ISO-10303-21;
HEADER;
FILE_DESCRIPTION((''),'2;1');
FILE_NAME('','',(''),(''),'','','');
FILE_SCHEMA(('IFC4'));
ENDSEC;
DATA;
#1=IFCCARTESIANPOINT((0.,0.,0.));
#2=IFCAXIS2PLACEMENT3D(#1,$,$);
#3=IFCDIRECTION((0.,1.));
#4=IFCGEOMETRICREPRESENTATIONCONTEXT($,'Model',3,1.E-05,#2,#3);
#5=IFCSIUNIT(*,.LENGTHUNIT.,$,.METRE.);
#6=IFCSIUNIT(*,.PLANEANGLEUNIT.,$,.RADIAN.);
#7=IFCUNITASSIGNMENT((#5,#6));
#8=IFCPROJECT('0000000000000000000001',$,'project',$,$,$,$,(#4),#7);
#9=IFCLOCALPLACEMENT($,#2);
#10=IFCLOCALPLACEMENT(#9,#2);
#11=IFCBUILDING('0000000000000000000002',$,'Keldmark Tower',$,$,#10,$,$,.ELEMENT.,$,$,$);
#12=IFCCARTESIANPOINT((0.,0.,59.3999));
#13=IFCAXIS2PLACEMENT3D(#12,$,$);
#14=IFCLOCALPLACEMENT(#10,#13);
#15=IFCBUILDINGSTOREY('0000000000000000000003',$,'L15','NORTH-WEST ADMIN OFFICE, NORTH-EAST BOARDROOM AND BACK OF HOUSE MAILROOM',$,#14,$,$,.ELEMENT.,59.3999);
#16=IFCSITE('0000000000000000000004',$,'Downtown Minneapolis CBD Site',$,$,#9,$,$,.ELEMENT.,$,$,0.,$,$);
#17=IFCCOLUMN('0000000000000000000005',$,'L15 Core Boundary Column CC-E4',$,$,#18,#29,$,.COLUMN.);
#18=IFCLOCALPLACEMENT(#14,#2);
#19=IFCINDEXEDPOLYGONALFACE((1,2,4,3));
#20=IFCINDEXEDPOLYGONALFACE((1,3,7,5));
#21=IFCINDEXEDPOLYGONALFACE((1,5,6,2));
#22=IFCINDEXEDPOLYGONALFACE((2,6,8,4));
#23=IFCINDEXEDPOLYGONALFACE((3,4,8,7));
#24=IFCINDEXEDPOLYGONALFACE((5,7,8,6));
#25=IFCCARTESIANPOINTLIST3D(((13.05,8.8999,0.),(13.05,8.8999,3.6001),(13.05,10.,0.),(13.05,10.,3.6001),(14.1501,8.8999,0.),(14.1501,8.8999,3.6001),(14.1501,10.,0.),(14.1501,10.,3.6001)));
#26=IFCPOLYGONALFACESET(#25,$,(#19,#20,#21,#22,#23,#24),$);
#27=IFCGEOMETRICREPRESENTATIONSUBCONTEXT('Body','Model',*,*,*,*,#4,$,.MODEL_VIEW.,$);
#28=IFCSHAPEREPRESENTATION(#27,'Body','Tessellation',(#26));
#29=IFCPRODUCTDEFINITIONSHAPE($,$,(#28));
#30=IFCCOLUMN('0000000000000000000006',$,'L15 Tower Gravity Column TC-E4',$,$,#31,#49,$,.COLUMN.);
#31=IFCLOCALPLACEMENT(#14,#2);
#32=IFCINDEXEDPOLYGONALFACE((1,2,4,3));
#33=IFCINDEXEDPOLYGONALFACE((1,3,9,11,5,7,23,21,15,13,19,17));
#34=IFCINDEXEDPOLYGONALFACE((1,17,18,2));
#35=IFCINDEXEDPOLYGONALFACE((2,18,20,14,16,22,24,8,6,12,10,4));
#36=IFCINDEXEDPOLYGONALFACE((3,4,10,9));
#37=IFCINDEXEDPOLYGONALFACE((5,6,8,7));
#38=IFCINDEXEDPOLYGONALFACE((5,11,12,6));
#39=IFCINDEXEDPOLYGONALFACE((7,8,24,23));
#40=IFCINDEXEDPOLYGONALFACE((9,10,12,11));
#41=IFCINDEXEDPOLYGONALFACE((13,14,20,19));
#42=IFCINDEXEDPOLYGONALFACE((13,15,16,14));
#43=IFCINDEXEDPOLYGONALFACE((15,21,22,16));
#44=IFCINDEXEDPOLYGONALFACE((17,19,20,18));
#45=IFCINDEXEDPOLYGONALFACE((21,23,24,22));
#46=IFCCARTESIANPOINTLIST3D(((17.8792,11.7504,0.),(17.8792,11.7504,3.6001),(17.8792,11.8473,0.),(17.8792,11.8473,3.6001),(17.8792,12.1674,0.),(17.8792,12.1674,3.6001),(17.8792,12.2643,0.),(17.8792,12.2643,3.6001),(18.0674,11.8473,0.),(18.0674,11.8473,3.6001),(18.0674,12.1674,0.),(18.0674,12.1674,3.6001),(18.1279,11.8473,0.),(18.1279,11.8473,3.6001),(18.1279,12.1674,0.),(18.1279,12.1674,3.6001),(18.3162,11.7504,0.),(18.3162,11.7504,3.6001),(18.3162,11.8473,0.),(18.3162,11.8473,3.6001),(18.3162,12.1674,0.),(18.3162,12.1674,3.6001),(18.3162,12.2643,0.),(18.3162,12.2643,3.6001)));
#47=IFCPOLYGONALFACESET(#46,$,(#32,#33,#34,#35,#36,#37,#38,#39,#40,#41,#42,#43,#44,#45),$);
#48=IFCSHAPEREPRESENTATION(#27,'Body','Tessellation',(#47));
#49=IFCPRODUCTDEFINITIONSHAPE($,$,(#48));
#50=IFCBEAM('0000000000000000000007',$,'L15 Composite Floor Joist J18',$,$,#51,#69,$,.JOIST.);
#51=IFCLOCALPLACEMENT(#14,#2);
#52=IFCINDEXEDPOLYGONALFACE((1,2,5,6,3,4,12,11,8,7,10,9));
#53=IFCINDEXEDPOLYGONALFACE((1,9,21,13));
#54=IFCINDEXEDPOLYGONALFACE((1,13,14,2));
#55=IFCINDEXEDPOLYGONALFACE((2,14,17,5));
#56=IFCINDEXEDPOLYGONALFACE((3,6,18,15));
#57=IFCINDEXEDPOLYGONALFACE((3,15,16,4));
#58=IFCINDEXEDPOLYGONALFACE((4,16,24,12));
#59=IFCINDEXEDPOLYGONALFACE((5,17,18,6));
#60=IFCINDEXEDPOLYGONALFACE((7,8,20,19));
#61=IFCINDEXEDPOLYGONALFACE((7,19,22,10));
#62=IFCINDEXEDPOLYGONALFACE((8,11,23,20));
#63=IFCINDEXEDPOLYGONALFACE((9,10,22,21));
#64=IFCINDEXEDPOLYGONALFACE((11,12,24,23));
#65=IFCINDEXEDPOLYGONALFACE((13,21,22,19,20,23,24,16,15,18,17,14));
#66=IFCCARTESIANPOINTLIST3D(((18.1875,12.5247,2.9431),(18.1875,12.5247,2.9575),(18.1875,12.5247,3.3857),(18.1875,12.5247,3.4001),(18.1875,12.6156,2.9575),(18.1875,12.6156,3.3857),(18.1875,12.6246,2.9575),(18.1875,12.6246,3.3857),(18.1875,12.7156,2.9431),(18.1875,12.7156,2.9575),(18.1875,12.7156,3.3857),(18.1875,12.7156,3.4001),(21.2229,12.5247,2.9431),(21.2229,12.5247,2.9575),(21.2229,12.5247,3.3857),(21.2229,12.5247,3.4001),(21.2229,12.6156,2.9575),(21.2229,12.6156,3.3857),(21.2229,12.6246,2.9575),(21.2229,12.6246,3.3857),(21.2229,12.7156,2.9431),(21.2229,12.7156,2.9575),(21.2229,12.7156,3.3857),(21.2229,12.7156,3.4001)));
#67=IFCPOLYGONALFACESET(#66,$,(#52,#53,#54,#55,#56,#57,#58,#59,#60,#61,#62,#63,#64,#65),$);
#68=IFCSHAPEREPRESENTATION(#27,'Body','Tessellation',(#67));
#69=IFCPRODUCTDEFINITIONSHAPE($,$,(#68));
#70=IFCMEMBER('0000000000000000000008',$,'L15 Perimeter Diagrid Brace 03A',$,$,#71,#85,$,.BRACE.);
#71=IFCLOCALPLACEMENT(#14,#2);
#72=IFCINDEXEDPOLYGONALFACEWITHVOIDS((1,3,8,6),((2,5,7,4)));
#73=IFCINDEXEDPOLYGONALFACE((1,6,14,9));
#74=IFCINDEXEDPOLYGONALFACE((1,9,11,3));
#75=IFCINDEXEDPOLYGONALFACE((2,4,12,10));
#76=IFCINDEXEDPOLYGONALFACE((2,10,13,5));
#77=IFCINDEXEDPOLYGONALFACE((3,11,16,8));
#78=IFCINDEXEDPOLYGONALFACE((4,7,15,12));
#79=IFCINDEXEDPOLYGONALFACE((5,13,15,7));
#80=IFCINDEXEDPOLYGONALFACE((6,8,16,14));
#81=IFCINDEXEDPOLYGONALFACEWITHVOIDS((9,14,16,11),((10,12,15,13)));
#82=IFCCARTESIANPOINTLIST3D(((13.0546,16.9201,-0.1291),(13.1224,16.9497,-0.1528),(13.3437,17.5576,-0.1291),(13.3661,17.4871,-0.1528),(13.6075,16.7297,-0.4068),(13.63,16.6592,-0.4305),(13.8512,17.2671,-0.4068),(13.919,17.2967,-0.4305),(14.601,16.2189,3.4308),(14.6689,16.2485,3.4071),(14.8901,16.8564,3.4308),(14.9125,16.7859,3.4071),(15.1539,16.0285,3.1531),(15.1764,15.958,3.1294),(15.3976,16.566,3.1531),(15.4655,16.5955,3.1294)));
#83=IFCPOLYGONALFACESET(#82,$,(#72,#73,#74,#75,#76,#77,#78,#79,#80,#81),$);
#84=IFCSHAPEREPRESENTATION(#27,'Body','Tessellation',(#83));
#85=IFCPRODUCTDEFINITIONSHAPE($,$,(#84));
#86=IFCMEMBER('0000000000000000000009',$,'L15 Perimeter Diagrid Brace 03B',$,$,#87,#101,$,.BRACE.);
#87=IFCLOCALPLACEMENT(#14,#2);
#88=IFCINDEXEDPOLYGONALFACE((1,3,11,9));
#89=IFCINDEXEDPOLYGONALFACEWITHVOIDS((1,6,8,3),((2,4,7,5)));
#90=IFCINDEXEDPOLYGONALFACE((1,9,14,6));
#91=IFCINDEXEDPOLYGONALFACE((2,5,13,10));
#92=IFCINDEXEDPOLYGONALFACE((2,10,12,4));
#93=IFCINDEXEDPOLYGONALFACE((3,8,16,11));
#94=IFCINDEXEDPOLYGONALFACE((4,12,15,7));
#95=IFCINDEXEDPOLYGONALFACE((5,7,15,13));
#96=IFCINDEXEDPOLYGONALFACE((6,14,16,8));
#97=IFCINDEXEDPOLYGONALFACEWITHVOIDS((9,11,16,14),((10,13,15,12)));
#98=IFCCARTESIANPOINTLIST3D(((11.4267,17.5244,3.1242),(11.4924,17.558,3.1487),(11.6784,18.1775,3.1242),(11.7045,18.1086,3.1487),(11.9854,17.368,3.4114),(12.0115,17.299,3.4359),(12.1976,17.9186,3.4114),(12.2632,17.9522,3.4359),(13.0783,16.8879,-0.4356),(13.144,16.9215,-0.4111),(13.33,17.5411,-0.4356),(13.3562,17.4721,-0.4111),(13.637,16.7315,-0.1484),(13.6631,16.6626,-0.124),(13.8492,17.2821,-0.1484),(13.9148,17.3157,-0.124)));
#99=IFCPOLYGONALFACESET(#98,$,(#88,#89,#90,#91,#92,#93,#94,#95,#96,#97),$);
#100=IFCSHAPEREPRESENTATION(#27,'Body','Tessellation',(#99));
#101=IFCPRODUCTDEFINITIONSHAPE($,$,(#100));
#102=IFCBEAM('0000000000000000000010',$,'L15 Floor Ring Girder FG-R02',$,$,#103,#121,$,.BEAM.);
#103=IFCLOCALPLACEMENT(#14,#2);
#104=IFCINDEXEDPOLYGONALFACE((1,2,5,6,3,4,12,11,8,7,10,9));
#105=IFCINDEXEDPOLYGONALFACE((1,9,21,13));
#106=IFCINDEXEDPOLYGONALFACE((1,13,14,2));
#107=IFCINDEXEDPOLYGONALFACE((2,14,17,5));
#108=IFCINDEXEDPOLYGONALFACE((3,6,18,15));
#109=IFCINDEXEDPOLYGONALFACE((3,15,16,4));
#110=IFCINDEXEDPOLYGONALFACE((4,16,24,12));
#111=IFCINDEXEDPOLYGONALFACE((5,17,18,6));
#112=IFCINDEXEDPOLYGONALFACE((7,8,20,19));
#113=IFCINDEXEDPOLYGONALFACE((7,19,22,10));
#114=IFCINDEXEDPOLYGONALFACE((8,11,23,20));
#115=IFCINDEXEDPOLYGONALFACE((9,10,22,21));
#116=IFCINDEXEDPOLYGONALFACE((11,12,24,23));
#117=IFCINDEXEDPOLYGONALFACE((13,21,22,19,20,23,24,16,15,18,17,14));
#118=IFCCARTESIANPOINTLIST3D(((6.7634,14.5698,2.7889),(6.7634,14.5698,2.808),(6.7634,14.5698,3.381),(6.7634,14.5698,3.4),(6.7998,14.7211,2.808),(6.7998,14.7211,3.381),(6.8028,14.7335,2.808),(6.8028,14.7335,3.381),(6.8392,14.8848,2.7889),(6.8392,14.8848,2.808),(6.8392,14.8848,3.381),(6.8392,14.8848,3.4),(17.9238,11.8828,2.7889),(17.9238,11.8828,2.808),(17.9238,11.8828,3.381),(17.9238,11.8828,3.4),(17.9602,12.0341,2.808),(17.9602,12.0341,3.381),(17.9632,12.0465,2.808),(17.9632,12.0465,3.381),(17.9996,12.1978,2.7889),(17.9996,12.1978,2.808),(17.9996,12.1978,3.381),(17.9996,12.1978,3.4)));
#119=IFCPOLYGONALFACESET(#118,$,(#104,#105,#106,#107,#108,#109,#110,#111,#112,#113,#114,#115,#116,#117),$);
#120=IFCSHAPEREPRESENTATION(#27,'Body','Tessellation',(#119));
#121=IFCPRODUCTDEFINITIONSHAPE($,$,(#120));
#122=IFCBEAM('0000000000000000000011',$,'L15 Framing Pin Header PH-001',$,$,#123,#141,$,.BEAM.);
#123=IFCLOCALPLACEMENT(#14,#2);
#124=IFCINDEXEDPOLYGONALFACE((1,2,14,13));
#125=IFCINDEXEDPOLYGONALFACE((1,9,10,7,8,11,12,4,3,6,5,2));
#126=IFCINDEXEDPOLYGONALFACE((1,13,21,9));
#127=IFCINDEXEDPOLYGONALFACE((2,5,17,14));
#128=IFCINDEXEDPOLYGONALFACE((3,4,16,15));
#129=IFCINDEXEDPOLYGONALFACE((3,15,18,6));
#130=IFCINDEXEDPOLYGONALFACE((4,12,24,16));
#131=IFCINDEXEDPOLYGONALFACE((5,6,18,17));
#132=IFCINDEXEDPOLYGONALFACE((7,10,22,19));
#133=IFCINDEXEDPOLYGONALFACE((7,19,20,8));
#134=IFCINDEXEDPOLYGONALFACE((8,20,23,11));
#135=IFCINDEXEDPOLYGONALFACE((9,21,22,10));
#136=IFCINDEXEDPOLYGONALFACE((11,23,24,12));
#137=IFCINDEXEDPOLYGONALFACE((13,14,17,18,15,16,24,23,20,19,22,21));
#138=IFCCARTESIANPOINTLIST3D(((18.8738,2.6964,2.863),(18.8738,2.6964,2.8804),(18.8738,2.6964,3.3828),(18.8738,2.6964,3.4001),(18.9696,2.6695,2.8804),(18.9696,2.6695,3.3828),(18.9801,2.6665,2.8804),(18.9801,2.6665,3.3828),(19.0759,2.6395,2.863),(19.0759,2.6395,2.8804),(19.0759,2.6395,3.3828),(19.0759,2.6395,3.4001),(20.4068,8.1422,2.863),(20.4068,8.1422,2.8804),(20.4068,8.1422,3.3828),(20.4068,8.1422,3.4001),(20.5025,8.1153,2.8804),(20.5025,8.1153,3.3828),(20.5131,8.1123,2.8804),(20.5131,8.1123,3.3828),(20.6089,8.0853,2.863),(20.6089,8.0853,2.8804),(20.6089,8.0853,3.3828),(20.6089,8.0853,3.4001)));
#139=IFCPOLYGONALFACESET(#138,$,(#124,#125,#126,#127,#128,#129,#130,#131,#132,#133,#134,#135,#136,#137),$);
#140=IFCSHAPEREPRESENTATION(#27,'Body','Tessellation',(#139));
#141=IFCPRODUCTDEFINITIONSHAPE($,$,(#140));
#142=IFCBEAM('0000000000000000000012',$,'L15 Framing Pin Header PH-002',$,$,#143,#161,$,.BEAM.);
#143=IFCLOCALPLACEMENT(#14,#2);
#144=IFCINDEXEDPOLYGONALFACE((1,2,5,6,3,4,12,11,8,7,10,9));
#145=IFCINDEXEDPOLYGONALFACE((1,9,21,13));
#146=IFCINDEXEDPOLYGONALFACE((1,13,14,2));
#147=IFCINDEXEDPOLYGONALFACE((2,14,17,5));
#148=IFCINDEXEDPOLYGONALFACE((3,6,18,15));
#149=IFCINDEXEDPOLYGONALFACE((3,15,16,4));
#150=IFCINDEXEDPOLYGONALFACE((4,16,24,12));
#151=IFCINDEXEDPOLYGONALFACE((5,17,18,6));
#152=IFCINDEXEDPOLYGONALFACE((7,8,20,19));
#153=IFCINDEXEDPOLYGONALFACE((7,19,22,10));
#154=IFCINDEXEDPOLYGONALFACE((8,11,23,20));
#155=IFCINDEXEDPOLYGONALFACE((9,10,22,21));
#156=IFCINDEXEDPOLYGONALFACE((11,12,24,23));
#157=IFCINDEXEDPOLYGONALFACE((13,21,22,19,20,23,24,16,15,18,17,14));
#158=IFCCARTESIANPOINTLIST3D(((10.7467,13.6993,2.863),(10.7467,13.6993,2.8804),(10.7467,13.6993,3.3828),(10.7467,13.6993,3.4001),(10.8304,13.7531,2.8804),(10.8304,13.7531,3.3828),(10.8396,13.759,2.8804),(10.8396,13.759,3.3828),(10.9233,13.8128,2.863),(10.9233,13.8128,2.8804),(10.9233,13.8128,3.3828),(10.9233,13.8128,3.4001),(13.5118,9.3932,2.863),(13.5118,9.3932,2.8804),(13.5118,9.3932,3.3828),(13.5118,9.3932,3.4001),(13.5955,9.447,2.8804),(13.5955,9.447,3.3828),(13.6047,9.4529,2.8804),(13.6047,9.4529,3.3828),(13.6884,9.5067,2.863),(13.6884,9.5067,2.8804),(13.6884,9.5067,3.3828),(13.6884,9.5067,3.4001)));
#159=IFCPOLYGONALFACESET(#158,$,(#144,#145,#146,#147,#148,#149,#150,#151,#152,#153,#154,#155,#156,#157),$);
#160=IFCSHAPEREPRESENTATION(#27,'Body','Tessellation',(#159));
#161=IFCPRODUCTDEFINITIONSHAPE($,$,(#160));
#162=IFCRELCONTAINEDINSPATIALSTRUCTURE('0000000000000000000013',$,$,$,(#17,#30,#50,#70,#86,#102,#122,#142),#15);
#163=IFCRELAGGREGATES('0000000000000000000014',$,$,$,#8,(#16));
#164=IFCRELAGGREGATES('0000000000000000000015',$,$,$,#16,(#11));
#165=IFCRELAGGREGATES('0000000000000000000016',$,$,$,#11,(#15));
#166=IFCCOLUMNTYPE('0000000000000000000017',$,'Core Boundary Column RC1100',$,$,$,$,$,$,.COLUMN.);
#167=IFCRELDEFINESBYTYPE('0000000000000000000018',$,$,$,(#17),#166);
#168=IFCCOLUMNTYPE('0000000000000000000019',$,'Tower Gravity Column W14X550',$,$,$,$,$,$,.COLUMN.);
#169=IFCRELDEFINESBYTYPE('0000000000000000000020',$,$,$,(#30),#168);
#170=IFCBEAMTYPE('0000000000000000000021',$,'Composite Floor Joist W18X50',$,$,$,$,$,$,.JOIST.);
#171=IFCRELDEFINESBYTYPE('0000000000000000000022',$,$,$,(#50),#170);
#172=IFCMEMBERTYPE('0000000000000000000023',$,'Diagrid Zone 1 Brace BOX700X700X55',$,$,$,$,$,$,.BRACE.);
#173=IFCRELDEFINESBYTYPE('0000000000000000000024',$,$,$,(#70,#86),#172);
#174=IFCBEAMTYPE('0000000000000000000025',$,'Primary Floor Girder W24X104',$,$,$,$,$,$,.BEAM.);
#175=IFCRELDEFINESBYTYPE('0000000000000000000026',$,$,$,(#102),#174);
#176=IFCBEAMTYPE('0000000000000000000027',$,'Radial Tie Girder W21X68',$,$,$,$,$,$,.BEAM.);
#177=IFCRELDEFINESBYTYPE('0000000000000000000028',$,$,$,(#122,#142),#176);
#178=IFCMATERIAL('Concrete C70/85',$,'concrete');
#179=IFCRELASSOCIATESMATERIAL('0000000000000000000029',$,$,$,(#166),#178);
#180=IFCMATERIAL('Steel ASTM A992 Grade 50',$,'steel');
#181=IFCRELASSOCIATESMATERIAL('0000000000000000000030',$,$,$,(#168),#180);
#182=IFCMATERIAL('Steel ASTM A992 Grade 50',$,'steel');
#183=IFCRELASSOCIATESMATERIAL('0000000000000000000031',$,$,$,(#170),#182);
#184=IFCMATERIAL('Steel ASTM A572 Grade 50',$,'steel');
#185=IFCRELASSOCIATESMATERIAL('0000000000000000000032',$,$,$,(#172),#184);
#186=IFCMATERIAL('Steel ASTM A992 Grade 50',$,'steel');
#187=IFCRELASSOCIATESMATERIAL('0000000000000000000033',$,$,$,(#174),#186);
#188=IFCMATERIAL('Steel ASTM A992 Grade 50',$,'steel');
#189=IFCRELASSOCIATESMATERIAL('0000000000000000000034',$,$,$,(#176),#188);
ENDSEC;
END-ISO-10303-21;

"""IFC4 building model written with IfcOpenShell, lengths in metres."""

from ifc_helpers import new_model, si_unit, direction, frame, origin, origin_2d, place, context, subcontext, project, spatial, rectangle, hollow_rectangle, i_section, extrude, material, material_profile, profile_set, type_object, element, save


model = new_model("IFC4")

# Units and contexts
model_context = context("Model", 3, precision=1e-05, world=origin(), true_north=direction((0.0, 1.0)))
body_context = subcontext(model_context, "Body", "Model", "MODEL_VIEW")
ifc_project = project(units=[si_unit("LENGTHUNIT", "METRE"), si_unit("PLANEANGLEUNIT", "RADIAN")], contexts=[model_context])

# Site, building, storey
site_placement = place(None, origin())
site = spatial("IfcSite", under=ifc_project, at=site_placement, Name="Downtown Minneapolis CBD Site", CompositionType="ELEMENT", RefElevation=0.0)
building_placement = place(site_placement, origin())
building = spatial("IfcBuilding", under=site, at=building_placement, Name="Keldmark Tower", CompositionType="ELEMENT")
storey_placement = place(building_placement, frame((0.0, 0.0, 59.3999)))
storey = spatial("IfcBuildingStorey", under=building, at=storey_placement, Name="L15", Description="NORTH-WEST ADMIN OFFICE, NORTH-EAST BOARDROOM AND BACK OF HOUSE MAILROOM", CompositionType="ELEMENT", Elevation=59.3999)

# Columns
ifc_material_1 = material(Name="Concrete C70/85", Category="concrete")
ifc_material_profile_1 = material_profile(ifc_material_1, rectangle(XDim=1.1001, YDim=1.1001, at=origin_2d()), Name="RC1100X1100")
ifc_profile_set_1 = profile_set([ifc_material_profile_1], Name="Concrete C70/85")
column_type_1 = type_object("IfcColumnType", Name="Core Boundary Column RC1100", PredefinedType="COLUMN", material=ifc_profile_set_1)
column_1_placement = place(storey_placement, frame((13.6001, 9.45, 0.0), z_axis=(0.0, 0.0, 1.0), x_axis=(1.0, 0.0, 0.0)))
element("IfcColumn", 1, at=column_1_placement, inside=storey, type_object=column_type_1, Name="L15 Core Boundary Column CC-E4", PredefinedType="COLUMN", context=body_context, shape_type="SweptSolid", body=[
    extrude(rectangle(XDim=1.1001, YDim=1.1001, at=origin_2d()), origin(), (0.0, 0.0, 1.0), 3.6001),
])
ifc_material_2 = material(Name="Steel ASTM A992 Grade 50", Category="steel")
ifc_material_profile_2 = material_profile(ifc_material_2, i_section(OverallWidth=0.437, OverallDepth=0.5139, WebThickness=0.0605, FlangeThickness=0.0969, at=origin_2d()), Name="W14X550")
ifc_profile_set_2 = profile_set([ifc_material_profile_2], Name="Steel ASTM A992 Grade 50")
column_type_2 = type_object("IfcColumnType", Name="Tower Gravity Column W14X550", PredefinedType="COLUMN", material=ifc_profile_set_2)
column_2_placement = place(storey_placement, frame((18.0977, 12.0073, 0.0), z_axis=(0.0, 0.0, 1.0), x_axis=(1.0, 0.0, 0.0)))
element("IfcColumn", 2, at=column_2_placement, inside=storey, type_object=column_type_2, Name="L15 Tower Gravity Column TC-E4", PredefinedType="COLUMN", context=body_context, shape_type="SweptSolid", body=[
    extrude(i_section(OverallWidth=0.437, OverallDepth=0.5139, WebThickness=0.0605, FlangeThickness=0.0969, at=origin_2d()), origin(), (0.0, 0.0, 1.0), 3.6001),
])

# Beam
ifc_material_3 = material(Name="Steel ASTM A992 Grade 50", Category="steel")
ifc_material_profile_3 = material_profile(ifc_material_3, i_section(OverallWidth=0.1909, OverallDepth=0.457, WebThickness=0.009, FlangeThickness=0.0144, at=origin_2d()), Name="W18X50")
ifc_profile_set_3 = profile_set([ifc_material_profile_3], Name="Steel ASTM A992 Grade 50")
beam_type_1 = type_object("IfcBeamType", Name="Composite Floor Joist W18X50", PredefinedType="JOIST", material=ifc_profile_set_3)
beam_1_placement = place(storey_placement, frame((18.1875, 12.6201, 3.1716), z_axis=(1.0, 0.0, 0.0), x_axis=(0.0, 1.0, 0.0)))
element("IfcBeam", 3, at=beam_1_placement, inside=storey, type_object=beam_type_1, Name="L15 Composite Floor Joist J18", PredefinedType="JOIST", context=body_context, shape_type="SweptSolid", body=[
    extrude(i_section(OverallWidth=0.1909, OverallDepth=0.457, WebThickness=0.009, FlangeThickness=0.0144, at=origin_2d()), origin(), (0.0, 0.0, 1.0), 3.0354),
])

# Members
ifc_material_4 = material(Name="Steel ASTM A572 Grade 50", Category="steel")
ifc_material_profile_4 = material_profile(ifc_material_4, hollow_rectangle(XDim=0.7, YDim=0.7, WallThickness=0.0549, at=origin_2d()), Name="BOX700X700X55")
ifc_profile_set_4 = profile_set([ifc_material_profile_4], Name="Steel ASTM A572 Grade 50")
member_type = type_object("IfcMemberType", Name="Diagrid Zone 1 Brace BOX700X700X55", PredefinedType="BRACE", material=ifc_profile_set_4)
member_1_placement = place(storey_placement, frame((13.4868, 17.1084, -0.2798), z_axis=(0.392085, -0.177781, 0.902587), x_axis=(0.412958, 0.91075, 0.0)))
element("IfcMember", 4, at=member_1_placement, inside=storey, type_object=member_type, Name="L15 Perimeter Diagrid Brace 03A", PredefinedType="BRACE", context=body_context, shape_type="SweptSolid", body=[
    extrude(hollow_rectangle(XDim=0.7, YDim=0.7, WallThickness=0.0549, at=origin_2d()), origin(), (0.0, 0.0, 1.0), 3.9441),
])
member_2_placement = place(storey_placement, frame((13.4966, 17.1018, -0.2798), z_axis=(-0.41544, 0.160096, 0.895421), x_axis=(-0.359589, -0.933111, 0.0)))
element("IfcMember", 5, at=member_2_placement, inside=storey, type_object=member_type, Name="L15 Perimeter Diagrid Brace 03B", PredefinedType="BRACE", context=body_context, shape_type="SweptSolid", body=[
    extrude(hollow_rectangle(XDim=0.7, YDim=0.7, WallThickness=0.0549, at=origin_2d()), origin(), (0.0, 0.0, 1.0), 3.9756),
])

# Beams
ifc_material_5 = material(Name="Steel ASTM A992 Grade 50", Category="steel")
ifc_material_profile_5 = material_profile(ifc_material_5, i_section(OverallWidth=0.324, OverallDepth=0.6111, WebThickness=0.0127, FlangeThickness=0.019, at=origin_2d()), Name="W24X104")
ifc_profile_set_5 = profile_set([ifc_material_profile_5], Name="Steel ASTM A992 Grade 50")
beam_type_2 = type_object("IfcBeamType", Name="Primary Floor Girder W24X104", PredefinedType="BEAM", material=ifc_profile_set_5)
beam_2_placement = place(storey_placement, frame((17.9617, 12.0403, 3.0945), z_axis=(-0.972219, 0.234074, 0.0), x_axis=(-0.234074, -0.972219, 0.0)))
element("IfcBeam", 6, at=beam_2_placement, inside=storey, type_object=beam_type_2, Name="L15 Floor Ring Girder FG-R02", PredefinedType="BEAM", context=body_context, shape_type="SweptSolid", body=[
    extrude(i_section(OverallWidth=0.324, OverallDepth=0.6111, WebThickness=0.0127, FlangeThickness=0.019, at=origin_2d()), origin(), (0.0, 0.0, 1.0), 11.4792),
])
ifc_material_6 = material(Name="Steel ASTM A992 Grade 50", Category="steel")
ifc_material_profile_6 = material_profile(ifc_material_6, i_section(OverallWidth=0.21, OverallDepth=0.5371, WebThickness=0.011, FlangeThickness=0.0173, at=origin_2d()), Name="W21X68")
ifc_profile_set_6 = profile_set([ifc_material_profile_6], Name="Steel ASTM A992 Grade 50")
beam_type_3 = type_object("IfcBeamType", Name="Radial Tie Girder W21X68", PredefinedType="BEAM", material=ifc_profile_set_6)
beam_3_placement = place(storey_placement, frame((18.9749, 2.668, 3.1316), z_axis=(0.270963, 0.96259, 0.0), x_axis=(-0.96259, 0.270963, 0.0)))
element("IfcBeam", 7, at=beam_3_placement, inside=storey, type_object=beam_type_3, Name="L15 Framing Pin Header PH-001", PredefinedType="BEAM", context=body_context, shape_type="SweptSolid", body=[
    extrude(i_section(OverallWidth=0.21, OverallDepth=0.5371, WebThickness=0.011, FlangeThickness=0.0173, at=origin_2d()), origin(), (0.0, 0.0, 1.0), 5.6575),
])
beam_4_placement = place(storey_placement, frame((13.6001, 9.45, 3.1316), z_axis=(-0.540328, 0.841454, 0.0), x_axis=(-0.841454, -0.540328, 0.0)))
element("IfcBeam", 8, at=beam_4_placement, inside=storey, type_object=beam_type_3, Name="L15 Framing Pin Header PH-002", PredefinedType="BEAM", context=body_context, shape_type="SweptSolid", body=[
    extrude(i_section(OverallWidth=0.21, OverallDepth=0.5371, WebThickness=0.011, FlangeThickness=0.0173, at=origin_2d()), origin(), (0.0, 0.0, 1.0), 5.1174),
])

save(model, "model.ifc")
